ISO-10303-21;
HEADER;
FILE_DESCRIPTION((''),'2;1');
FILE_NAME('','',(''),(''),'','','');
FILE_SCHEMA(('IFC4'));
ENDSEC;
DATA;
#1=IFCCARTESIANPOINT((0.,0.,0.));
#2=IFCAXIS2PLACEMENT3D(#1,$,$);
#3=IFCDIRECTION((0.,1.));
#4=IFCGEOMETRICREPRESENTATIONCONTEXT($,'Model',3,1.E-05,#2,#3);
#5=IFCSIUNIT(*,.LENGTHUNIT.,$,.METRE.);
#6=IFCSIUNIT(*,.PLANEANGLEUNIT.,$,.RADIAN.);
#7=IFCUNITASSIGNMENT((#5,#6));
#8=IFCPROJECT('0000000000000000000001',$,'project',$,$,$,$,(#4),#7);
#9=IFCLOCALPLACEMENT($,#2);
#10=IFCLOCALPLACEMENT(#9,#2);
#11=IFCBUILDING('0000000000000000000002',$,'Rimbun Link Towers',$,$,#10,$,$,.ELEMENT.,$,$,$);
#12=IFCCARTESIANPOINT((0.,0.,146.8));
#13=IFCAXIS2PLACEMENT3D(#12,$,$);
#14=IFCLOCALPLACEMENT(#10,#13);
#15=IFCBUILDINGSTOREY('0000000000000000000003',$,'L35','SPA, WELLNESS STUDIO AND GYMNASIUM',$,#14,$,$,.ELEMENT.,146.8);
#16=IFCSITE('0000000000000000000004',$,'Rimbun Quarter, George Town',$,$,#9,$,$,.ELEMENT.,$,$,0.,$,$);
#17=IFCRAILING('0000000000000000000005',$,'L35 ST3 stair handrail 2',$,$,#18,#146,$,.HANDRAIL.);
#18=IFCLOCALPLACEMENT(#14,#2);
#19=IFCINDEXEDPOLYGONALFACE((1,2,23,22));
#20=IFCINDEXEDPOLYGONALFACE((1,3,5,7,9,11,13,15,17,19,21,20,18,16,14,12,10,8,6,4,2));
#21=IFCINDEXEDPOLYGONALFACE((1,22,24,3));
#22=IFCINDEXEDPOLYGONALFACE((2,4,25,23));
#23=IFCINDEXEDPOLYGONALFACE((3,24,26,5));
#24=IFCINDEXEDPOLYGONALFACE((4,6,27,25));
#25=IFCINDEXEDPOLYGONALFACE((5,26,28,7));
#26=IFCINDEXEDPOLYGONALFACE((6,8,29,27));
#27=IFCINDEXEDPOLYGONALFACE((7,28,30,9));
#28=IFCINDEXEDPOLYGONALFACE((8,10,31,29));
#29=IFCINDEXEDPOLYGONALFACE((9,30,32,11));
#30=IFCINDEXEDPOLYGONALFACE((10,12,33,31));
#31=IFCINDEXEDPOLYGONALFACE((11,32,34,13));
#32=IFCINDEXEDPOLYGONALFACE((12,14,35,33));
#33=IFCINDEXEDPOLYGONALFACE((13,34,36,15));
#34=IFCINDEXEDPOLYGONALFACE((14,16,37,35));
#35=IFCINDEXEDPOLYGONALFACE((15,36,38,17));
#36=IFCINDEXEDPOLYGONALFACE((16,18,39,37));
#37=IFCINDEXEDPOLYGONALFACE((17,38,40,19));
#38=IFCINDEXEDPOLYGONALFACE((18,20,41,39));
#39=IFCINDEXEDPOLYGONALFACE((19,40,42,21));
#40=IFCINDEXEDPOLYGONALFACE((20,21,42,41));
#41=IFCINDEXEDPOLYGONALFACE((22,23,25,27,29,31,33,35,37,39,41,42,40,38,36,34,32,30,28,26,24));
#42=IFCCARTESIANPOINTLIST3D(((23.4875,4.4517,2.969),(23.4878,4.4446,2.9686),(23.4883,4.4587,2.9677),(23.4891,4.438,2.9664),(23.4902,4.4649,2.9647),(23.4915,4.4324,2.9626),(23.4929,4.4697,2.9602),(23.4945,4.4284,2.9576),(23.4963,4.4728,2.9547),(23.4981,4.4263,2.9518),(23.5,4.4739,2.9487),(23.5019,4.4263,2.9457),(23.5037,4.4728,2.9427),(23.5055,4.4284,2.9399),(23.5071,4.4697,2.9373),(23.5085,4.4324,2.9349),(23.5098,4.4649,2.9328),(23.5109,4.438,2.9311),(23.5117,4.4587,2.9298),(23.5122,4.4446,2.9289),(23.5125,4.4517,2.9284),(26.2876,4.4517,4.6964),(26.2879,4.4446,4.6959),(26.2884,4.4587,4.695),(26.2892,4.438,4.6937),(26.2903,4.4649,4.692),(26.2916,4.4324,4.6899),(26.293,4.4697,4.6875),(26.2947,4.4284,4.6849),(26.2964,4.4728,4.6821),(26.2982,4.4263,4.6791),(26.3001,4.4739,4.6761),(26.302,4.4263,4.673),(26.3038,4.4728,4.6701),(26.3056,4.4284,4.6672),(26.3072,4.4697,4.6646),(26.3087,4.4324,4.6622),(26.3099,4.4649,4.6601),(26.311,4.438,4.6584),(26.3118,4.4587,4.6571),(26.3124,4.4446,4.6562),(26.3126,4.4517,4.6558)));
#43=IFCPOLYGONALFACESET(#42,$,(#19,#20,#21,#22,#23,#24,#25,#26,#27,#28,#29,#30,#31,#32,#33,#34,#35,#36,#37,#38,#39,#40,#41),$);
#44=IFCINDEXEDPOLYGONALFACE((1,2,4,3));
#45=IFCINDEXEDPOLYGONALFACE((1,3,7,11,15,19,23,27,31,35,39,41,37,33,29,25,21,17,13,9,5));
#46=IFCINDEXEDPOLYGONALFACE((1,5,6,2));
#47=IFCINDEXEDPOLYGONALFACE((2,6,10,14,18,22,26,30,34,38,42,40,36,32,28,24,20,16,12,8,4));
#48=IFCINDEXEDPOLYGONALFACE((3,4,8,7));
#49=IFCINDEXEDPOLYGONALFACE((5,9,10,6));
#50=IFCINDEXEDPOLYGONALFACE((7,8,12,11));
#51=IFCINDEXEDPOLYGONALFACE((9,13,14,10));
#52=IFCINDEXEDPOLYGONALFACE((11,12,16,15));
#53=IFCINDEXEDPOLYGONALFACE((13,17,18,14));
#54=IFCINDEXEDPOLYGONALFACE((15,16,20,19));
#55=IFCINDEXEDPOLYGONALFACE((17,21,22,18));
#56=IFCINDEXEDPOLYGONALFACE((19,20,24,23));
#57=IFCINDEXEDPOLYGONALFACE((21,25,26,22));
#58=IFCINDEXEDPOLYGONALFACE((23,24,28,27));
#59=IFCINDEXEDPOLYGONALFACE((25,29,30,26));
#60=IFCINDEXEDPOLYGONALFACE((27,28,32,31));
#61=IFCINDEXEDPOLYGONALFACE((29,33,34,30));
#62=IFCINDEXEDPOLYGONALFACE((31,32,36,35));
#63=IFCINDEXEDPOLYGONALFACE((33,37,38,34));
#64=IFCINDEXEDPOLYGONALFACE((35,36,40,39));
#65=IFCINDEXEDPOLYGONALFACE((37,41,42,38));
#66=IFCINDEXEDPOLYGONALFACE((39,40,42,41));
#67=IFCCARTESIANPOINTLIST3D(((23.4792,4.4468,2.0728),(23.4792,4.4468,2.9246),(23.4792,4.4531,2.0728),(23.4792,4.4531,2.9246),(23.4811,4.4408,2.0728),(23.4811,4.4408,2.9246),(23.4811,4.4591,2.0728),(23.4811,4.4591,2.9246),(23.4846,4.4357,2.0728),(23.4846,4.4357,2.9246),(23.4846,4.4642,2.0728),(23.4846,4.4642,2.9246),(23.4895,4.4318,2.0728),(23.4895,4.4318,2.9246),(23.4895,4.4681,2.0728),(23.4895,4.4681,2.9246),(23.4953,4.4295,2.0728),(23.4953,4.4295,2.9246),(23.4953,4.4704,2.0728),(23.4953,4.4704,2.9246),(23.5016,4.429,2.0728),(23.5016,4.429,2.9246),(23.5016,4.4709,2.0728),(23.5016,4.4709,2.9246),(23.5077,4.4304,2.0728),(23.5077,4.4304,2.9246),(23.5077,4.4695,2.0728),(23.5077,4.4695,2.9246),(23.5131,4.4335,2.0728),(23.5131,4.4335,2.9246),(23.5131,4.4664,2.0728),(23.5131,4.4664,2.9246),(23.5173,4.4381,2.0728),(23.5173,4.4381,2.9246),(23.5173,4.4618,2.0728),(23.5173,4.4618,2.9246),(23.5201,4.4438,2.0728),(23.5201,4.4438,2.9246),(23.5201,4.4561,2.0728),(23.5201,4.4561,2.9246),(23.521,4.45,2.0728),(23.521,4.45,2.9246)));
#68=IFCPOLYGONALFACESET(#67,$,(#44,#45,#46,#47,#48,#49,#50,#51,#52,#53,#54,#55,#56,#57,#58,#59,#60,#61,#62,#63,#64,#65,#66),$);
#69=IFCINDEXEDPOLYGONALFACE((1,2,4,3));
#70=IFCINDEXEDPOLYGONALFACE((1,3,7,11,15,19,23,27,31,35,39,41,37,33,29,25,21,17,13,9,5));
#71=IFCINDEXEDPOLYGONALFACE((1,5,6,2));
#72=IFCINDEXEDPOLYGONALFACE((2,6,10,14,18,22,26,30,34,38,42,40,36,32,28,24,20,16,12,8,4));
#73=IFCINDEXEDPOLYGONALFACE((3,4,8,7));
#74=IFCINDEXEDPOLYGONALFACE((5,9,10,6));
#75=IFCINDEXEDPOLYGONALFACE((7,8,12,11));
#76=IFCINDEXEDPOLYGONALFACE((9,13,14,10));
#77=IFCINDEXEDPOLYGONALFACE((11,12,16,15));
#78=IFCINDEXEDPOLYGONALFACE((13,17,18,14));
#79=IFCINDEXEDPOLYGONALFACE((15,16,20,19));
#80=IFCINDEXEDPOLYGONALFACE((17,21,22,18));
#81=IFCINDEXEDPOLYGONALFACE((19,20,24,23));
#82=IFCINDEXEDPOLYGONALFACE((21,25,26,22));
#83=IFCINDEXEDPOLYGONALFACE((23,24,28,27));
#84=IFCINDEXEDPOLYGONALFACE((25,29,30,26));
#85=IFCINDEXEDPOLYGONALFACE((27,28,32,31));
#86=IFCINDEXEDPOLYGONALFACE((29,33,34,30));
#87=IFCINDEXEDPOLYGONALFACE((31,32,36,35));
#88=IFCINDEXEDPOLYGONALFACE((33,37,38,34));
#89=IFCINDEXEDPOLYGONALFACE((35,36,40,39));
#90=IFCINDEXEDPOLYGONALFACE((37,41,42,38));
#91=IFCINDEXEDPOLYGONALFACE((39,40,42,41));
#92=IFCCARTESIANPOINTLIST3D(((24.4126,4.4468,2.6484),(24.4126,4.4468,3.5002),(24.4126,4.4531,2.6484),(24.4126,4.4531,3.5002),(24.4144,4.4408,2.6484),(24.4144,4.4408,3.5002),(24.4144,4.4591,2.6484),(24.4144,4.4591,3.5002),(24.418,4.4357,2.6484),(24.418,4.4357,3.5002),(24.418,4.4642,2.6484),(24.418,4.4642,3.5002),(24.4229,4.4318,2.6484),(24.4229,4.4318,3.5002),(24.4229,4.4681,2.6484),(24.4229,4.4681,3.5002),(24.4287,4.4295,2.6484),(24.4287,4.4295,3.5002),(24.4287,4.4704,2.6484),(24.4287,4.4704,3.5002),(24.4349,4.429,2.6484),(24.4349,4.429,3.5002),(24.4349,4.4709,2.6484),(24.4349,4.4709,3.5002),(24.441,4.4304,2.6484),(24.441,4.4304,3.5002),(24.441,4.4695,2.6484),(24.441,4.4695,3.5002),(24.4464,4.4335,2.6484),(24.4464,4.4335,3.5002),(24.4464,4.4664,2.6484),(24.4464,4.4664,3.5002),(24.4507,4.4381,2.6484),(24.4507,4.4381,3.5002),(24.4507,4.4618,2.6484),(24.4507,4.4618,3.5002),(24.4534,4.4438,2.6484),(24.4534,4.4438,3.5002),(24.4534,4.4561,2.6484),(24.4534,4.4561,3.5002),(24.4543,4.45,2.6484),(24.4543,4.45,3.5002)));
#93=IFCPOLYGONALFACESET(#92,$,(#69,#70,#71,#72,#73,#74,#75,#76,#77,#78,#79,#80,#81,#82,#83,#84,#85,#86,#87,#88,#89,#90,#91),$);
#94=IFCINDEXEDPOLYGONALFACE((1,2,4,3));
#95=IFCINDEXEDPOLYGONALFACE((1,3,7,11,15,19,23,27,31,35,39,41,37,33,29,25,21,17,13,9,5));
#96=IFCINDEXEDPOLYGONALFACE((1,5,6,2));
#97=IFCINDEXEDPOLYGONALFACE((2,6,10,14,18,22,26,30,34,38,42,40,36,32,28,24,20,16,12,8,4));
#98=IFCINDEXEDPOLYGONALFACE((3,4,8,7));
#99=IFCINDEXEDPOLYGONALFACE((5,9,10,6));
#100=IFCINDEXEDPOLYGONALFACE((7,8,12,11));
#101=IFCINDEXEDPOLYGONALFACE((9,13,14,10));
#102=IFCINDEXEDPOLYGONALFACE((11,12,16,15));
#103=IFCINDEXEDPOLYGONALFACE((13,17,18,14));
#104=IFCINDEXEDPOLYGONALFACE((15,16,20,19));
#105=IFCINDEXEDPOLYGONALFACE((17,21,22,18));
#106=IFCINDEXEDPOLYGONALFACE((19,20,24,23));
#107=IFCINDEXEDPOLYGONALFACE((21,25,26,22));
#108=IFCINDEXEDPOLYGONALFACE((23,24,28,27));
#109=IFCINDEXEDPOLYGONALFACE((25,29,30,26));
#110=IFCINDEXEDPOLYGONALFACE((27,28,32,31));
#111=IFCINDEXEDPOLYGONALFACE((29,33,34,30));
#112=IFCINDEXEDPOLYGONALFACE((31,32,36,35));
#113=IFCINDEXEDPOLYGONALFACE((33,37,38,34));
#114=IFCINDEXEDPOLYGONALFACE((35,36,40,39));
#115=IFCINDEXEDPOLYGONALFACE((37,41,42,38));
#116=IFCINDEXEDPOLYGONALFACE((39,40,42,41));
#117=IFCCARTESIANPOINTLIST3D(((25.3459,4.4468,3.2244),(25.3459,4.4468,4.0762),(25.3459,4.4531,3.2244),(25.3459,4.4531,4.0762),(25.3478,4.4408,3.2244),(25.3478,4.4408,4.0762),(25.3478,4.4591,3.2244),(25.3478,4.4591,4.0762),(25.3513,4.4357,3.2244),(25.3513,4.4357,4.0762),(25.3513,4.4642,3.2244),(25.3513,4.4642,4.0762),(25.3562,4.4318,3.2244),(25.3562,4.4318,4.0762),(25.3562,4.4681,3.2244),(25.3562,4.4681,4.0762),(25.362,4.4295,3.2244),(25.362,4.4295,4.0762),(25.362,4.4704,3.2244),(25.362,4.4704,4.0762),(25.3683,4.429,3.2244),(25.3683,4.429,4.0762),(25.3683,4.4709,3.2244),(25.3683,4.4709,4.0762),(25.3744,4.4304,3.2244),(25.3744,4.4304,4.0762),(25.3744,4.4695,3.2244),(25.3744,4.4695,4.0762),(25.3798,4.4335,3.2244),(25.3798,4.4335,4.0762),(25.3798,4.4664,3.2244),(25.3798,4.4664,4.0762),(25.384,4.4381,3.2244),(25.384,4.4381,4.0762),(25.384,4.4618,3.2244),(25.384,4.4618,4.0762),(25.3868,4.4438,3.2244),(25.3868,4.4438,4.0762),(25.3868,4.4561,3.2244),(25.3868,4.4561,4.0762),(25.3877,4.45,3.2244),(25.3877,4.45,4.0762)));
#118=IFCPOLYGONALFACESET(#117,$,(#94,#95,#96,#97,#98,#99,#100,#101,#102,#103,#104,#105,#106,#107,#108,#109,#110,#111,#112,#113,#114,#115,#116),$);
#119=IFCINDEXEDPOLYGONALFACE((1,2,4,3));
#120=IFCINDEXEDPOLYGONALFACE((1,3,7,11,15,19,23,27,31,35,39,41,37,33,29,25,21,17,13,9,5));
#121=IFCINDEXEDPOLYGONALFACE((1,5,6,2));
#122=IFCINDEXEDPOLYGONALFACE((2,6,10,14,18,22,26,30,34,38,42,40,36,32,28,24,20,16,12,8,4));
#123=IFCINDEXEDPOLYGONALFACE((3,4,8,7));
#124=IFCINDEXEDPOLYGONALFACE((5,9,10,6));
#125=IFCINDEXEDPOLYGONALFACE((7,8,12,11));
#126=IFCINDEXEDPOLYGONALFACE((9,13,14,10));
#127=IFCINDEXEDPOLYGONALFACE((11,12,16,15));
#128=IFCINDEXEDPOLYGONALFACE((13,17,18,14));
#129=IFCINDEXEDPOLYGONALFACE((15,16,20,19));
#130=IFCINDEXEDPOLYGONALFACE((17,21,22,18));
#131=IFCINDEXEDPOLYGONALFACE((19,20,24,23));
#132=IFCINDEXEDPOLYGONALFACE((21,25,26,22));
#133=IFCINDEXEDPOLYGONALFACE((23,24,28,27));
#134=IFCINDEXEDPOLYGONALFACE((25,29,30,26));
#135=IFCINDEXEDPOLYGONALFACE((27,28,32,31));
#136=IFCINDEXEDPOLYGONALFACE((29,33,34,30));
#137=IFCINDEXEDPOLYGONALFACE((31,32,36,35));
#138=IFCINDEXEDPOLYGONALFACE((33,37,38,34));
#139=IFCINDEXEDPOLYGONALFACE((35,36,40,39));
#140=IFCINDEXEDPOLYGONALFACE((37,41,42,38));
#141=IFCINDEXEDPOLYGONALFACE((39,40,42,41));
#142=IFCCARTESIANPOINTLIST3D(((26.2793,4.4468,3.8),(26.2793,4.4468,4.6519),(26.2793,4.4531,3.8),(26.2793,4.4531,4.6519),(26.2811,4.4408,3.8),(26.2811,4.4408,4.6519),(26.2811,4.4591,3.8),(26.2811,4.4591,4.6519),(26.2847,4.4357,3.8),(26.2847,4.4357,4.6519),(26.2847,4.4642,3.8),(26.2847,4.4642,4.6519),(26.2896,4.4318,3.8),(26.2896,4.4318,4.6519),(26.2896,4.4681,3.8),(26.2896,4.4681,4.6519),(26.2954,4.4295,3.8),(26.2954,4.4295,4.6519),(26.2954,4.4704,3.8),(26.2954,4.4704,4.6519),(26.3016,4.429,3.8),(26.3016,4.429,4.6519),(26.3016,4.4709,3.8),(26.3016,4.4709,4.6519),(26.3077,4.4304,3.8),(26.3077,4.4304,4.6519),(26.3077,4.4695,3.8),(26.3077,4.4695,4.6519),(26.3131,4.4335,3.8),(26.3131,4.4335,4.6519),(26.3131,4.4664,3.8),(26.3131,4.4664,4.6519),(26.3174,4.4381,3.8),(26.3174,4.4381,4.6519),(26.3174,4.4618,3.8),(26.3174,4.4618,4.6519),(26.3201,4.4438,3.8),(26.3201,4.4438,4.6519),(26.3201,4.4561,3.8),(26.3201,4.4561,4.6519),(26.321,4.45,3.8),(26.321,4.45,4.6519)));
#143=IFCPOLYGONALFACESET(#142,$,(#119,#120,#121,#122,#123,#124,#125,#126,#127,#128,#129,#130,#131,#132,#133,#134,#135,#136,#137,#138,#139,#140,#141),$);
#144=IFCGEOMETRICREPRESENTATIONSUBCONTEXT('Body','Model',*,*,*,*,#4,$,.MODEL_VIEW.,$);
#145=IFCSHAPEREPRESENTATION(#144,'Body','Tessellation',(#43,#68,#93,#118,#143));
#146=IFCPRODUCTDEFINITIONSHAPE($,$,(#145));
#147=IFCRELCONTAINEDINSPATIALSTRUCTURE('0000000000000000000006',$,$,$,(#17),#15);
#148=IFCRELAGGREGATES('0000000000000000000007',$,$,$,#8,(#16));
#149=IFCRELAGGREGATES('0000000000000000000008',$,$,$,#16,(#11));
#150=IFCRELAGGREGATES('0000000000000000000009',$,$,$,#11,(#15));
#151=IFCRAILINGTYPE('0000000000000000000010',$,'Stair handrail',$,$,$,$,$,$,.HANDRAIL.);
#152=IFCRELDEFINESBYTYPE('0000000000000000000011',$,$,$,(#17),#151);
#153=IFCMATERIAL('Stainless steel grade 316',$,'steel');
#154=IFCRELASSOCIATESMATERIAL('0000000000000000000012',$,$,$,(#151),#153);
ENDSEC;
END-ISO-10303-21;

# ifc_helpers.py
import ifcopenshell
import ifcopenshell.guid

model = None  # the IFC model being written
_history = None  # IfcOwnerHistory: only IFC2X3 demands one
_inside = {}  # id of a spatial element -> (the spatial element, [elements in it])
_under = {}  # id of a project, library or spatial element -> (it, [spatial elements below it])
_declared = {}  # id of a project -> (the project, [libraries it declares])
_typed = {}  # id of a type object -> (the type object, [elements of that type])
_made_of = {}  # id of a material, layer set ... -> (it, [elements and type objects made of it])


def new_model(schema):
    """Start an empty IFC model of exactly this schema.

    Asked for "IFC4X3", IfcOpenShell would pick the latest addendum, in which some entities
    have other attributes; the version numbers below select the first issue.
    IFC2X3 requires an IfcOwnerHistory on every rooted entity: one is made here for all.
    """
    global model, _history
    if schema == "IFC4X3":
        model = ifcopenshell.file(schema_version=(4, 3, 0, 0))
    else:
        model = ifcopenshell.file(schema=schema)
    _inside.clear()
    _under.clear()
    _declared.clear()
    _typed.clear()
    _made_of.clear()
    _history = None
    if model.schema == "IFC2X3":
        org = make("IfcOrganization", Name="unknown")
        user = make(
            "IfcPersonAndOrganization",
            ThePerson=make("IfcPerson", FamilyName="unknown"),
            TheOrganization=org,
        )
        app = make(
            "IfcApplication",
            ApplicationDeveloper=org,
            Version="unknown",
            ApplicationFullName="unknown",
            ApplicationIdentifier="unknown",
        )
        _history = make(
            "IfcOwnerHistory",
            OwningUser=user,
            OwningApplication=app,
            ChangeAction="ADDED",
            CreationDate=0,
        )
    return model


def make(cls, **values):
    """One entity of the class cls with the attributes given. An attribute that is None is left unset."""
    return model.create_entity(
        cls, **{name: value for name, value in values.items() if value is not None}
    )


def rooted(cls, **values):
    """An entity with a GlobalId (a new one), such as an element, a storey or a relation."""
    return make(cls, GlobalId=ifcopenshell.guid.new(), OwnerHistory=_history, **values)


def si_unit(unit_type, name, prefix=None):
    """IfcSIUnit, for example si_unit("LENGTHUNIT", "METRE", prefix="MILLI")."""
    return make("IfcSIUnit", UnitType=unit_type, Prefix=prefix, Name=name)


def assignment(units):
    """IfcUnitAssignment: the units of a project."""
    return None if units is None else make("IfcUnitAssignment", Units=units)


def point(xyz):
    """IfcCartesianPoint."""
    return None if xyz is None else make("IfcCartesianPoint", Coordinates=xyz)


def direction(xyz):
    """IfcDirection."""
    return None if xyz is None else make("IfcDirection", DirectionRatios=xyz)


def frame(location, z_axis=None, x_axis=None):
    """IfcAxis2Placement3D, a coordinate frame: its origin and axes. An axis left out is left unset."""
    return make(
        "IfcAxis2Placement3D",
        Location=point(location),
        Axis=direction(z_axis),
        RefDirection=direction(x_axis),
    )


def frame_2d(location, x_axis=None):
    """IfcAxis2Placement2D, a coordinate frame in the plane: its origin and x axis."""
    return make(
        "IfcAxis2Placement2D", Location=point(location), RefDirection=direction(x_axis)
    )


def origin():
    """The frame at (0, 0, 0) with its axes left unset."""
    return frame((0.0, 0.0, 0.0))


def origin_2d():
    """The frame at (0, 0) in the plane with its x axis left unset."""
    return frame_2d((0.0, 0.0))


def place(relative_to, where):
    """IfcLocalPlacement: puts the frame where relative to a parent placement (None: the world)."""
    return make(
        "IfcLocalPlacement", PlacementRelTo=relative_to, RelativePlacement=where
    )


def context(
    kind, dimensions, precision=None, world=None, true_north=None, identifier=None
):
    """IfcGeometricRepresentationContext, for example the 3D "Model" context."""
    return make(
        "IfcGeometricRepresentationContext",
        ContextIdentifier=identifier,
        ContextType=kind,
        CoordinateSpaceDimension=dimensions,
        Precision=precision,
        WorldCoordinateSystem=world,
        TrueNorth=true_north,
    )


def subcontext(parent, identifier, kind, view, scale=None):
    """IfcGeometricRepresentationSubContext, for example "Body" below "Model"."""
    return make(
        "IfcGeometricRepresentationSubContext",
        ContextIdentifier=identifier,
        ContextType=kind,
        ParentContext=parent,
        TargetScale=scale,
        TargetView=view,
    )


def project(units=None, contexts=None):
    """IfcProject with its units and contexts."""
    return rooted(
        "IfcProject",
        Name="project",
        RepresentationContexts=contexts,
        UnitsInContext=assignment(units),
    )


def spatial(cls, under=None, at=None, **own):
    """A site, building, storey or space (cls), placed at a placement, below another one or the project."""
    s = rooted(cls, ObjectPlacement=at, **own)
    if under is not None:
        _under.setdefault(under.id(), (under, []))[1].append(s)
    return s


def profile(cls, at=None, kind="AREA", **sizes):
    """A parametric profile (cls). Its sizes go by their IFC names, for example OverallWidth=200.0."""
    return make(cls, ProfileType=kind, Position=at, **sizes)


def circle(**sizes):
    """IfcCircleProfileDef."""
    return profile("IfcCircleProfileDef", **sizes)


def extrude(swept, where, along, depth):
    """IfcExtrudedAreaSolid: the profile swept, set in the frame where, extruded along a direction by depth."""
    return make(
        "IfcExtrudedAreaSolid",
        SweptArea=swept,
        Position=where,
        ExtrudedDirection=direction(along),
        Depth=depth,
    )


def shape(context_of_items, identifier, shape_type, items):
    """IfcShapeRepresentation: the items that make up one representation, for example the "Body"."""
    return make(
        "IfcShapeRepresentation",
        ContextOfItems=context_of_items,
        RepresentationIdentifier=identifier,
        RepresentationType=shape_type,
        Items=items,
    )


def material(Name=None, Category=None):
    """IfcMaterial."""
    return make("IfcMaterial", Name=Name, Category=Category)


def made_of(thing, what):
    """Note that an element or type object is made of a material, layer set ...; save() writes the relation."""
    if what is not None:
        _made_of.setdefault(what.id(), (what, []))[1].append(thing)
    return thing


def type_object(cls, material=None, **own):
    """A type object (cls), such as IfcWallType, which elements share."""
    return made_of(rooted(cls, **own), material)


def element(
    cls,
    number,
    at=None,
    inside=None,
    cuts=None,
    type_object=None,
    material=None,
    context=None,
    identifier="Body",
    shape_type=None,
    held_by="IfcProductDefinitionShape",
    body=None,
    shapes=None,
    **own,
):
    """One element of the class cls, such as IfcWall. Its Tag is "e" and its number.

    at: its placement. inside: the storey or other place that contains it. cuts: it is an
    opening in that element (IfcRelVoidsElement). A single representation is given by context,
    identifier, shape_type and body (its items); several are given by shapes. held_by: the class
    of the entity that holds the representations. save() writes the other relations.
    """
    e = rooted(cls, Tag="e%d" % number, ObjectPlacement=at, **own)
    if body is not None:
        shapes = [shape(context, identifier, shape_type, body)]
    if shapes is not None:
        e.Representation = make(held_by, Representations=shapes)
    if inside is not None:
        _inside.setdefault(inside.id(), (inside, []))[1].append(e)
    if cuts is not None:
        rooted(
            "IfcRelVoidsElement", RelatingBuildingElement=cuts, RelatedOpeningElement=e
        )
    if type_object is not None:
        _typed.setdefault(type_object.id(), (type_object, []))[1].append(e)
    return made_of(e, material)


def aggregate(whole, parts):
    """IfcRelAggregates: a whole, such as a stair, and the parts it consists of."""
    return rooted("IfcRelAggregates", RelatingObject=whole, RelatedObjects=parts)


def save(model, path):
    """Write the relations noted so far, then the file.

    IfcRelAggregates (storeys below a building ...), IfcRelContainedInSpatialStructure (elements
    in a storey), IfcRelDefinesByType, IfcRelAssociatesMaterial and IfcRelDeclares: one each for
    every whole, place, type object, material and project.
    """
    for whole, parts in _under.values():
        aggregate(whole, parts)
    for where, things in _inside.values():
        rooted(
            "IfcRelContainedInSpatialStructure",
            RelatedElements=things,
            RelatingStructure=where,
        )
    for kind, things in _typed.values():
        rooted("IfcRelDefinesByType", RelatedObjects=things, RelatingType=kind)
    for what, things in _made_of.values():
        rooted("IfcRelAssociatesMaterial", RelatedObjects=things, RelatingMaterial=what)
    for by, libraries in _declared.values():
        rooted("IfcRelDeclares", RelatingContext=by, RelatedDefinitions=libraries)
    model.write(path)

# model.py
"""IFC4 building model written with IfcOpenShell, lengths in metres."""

from ifc_helpers import new_model, si_unit, direction, frame, origin, origin_2d, place, context, subcontext, project, spatial, circle, extrude, material, type_object, element, save


model = new_model("IFC4")

# Units and contexts
model_context = context("Model", 3, precision=1e-05, world=origin(), true_north=direction((0.0, 1.0)))
body_context = subcontext(model_context, "Body", "Model", "MODEL_VIEW")
ifc_project = project(units=[si_unit("LENGTHUNIT", "METRE"), si_unit("PLANEANGLEUNIT", "RADIAN")], contexts=[model_context])

# Site, building, storey
site_placement = place(None, origin())
site = spatial("IfcSite", under=ifc_project, at=site_placement, Name="Rimbun Quarter, George Town", CompositionType="ELEMENT", RefElevation=0.0)
building_placement = place(site_placement, origin())
building = spatial("IfcBuilding", under=site, at=building_placement, Name="Rimbun Link Towers", CompositionType="ELEMENT")
storey_placement = place(building_placement, frame((0.0, 0.0, 146.8)))
storey = spatial("IfcBuildingStorey", under=building, at=storey_placement, Name="L35", Description="SPA, WELLNESS STUDIO AND GYMNASIUM", CompositionType="ELEMENT", Elevation=146.8)

# Railing
ifc_material_1 = material(Name="Stainless steel grade 316", Category="steel")
railing_type_1 = type_object("IfcRailingType", Name="Stair handrail", PredefinedType="HANDRAIL", material=ifc_material_1)
railing_1_placement = place(storey_placement, frame((23.5, 4.45, 2.0728)))
element("IfcRailing", 1, at=railing_1_placement, inside=storey, type_object=railing_type_1, Name="L35 ST3 stair handrail 2", PredefinedType="HANDRAIL", context=body_context, shape_type="SweptSolid", body=[
    extrude(circle(Radius=0.0239, at=origin_2d()), frame((0.0, 0.0, 0.876), z_axis=(0.85109, 0.0, 0.52502), x_axis=(0.0, 1.0, 0.0)), (0.0, 0.0, 1.0), 3.29),
    extrude(circle(Radius=0.021, at=origin_2d()), origin(), (0.0, 0.0, 1.0), 0.8518),
    extrude(circle(Radius=0.021, at=origin_2d()), frame((0.9333, 0.0, 0.5757)), (0.0, 0.0, 1.0), 0.8518),
    extrude(circle(Radius=0.021, at=origin_2d()), frame((1.8667, 0.0, 1.1516)), (0.0, 0.0, 1.0), 0.8518),
    extrude(circle(Radius=0.021, at=origin_2d()), frame((2.8, 0.0, 1.7273)), (0.0, 0.0, 1.0), 0.8518),
])

save(model, "model.ifc")
